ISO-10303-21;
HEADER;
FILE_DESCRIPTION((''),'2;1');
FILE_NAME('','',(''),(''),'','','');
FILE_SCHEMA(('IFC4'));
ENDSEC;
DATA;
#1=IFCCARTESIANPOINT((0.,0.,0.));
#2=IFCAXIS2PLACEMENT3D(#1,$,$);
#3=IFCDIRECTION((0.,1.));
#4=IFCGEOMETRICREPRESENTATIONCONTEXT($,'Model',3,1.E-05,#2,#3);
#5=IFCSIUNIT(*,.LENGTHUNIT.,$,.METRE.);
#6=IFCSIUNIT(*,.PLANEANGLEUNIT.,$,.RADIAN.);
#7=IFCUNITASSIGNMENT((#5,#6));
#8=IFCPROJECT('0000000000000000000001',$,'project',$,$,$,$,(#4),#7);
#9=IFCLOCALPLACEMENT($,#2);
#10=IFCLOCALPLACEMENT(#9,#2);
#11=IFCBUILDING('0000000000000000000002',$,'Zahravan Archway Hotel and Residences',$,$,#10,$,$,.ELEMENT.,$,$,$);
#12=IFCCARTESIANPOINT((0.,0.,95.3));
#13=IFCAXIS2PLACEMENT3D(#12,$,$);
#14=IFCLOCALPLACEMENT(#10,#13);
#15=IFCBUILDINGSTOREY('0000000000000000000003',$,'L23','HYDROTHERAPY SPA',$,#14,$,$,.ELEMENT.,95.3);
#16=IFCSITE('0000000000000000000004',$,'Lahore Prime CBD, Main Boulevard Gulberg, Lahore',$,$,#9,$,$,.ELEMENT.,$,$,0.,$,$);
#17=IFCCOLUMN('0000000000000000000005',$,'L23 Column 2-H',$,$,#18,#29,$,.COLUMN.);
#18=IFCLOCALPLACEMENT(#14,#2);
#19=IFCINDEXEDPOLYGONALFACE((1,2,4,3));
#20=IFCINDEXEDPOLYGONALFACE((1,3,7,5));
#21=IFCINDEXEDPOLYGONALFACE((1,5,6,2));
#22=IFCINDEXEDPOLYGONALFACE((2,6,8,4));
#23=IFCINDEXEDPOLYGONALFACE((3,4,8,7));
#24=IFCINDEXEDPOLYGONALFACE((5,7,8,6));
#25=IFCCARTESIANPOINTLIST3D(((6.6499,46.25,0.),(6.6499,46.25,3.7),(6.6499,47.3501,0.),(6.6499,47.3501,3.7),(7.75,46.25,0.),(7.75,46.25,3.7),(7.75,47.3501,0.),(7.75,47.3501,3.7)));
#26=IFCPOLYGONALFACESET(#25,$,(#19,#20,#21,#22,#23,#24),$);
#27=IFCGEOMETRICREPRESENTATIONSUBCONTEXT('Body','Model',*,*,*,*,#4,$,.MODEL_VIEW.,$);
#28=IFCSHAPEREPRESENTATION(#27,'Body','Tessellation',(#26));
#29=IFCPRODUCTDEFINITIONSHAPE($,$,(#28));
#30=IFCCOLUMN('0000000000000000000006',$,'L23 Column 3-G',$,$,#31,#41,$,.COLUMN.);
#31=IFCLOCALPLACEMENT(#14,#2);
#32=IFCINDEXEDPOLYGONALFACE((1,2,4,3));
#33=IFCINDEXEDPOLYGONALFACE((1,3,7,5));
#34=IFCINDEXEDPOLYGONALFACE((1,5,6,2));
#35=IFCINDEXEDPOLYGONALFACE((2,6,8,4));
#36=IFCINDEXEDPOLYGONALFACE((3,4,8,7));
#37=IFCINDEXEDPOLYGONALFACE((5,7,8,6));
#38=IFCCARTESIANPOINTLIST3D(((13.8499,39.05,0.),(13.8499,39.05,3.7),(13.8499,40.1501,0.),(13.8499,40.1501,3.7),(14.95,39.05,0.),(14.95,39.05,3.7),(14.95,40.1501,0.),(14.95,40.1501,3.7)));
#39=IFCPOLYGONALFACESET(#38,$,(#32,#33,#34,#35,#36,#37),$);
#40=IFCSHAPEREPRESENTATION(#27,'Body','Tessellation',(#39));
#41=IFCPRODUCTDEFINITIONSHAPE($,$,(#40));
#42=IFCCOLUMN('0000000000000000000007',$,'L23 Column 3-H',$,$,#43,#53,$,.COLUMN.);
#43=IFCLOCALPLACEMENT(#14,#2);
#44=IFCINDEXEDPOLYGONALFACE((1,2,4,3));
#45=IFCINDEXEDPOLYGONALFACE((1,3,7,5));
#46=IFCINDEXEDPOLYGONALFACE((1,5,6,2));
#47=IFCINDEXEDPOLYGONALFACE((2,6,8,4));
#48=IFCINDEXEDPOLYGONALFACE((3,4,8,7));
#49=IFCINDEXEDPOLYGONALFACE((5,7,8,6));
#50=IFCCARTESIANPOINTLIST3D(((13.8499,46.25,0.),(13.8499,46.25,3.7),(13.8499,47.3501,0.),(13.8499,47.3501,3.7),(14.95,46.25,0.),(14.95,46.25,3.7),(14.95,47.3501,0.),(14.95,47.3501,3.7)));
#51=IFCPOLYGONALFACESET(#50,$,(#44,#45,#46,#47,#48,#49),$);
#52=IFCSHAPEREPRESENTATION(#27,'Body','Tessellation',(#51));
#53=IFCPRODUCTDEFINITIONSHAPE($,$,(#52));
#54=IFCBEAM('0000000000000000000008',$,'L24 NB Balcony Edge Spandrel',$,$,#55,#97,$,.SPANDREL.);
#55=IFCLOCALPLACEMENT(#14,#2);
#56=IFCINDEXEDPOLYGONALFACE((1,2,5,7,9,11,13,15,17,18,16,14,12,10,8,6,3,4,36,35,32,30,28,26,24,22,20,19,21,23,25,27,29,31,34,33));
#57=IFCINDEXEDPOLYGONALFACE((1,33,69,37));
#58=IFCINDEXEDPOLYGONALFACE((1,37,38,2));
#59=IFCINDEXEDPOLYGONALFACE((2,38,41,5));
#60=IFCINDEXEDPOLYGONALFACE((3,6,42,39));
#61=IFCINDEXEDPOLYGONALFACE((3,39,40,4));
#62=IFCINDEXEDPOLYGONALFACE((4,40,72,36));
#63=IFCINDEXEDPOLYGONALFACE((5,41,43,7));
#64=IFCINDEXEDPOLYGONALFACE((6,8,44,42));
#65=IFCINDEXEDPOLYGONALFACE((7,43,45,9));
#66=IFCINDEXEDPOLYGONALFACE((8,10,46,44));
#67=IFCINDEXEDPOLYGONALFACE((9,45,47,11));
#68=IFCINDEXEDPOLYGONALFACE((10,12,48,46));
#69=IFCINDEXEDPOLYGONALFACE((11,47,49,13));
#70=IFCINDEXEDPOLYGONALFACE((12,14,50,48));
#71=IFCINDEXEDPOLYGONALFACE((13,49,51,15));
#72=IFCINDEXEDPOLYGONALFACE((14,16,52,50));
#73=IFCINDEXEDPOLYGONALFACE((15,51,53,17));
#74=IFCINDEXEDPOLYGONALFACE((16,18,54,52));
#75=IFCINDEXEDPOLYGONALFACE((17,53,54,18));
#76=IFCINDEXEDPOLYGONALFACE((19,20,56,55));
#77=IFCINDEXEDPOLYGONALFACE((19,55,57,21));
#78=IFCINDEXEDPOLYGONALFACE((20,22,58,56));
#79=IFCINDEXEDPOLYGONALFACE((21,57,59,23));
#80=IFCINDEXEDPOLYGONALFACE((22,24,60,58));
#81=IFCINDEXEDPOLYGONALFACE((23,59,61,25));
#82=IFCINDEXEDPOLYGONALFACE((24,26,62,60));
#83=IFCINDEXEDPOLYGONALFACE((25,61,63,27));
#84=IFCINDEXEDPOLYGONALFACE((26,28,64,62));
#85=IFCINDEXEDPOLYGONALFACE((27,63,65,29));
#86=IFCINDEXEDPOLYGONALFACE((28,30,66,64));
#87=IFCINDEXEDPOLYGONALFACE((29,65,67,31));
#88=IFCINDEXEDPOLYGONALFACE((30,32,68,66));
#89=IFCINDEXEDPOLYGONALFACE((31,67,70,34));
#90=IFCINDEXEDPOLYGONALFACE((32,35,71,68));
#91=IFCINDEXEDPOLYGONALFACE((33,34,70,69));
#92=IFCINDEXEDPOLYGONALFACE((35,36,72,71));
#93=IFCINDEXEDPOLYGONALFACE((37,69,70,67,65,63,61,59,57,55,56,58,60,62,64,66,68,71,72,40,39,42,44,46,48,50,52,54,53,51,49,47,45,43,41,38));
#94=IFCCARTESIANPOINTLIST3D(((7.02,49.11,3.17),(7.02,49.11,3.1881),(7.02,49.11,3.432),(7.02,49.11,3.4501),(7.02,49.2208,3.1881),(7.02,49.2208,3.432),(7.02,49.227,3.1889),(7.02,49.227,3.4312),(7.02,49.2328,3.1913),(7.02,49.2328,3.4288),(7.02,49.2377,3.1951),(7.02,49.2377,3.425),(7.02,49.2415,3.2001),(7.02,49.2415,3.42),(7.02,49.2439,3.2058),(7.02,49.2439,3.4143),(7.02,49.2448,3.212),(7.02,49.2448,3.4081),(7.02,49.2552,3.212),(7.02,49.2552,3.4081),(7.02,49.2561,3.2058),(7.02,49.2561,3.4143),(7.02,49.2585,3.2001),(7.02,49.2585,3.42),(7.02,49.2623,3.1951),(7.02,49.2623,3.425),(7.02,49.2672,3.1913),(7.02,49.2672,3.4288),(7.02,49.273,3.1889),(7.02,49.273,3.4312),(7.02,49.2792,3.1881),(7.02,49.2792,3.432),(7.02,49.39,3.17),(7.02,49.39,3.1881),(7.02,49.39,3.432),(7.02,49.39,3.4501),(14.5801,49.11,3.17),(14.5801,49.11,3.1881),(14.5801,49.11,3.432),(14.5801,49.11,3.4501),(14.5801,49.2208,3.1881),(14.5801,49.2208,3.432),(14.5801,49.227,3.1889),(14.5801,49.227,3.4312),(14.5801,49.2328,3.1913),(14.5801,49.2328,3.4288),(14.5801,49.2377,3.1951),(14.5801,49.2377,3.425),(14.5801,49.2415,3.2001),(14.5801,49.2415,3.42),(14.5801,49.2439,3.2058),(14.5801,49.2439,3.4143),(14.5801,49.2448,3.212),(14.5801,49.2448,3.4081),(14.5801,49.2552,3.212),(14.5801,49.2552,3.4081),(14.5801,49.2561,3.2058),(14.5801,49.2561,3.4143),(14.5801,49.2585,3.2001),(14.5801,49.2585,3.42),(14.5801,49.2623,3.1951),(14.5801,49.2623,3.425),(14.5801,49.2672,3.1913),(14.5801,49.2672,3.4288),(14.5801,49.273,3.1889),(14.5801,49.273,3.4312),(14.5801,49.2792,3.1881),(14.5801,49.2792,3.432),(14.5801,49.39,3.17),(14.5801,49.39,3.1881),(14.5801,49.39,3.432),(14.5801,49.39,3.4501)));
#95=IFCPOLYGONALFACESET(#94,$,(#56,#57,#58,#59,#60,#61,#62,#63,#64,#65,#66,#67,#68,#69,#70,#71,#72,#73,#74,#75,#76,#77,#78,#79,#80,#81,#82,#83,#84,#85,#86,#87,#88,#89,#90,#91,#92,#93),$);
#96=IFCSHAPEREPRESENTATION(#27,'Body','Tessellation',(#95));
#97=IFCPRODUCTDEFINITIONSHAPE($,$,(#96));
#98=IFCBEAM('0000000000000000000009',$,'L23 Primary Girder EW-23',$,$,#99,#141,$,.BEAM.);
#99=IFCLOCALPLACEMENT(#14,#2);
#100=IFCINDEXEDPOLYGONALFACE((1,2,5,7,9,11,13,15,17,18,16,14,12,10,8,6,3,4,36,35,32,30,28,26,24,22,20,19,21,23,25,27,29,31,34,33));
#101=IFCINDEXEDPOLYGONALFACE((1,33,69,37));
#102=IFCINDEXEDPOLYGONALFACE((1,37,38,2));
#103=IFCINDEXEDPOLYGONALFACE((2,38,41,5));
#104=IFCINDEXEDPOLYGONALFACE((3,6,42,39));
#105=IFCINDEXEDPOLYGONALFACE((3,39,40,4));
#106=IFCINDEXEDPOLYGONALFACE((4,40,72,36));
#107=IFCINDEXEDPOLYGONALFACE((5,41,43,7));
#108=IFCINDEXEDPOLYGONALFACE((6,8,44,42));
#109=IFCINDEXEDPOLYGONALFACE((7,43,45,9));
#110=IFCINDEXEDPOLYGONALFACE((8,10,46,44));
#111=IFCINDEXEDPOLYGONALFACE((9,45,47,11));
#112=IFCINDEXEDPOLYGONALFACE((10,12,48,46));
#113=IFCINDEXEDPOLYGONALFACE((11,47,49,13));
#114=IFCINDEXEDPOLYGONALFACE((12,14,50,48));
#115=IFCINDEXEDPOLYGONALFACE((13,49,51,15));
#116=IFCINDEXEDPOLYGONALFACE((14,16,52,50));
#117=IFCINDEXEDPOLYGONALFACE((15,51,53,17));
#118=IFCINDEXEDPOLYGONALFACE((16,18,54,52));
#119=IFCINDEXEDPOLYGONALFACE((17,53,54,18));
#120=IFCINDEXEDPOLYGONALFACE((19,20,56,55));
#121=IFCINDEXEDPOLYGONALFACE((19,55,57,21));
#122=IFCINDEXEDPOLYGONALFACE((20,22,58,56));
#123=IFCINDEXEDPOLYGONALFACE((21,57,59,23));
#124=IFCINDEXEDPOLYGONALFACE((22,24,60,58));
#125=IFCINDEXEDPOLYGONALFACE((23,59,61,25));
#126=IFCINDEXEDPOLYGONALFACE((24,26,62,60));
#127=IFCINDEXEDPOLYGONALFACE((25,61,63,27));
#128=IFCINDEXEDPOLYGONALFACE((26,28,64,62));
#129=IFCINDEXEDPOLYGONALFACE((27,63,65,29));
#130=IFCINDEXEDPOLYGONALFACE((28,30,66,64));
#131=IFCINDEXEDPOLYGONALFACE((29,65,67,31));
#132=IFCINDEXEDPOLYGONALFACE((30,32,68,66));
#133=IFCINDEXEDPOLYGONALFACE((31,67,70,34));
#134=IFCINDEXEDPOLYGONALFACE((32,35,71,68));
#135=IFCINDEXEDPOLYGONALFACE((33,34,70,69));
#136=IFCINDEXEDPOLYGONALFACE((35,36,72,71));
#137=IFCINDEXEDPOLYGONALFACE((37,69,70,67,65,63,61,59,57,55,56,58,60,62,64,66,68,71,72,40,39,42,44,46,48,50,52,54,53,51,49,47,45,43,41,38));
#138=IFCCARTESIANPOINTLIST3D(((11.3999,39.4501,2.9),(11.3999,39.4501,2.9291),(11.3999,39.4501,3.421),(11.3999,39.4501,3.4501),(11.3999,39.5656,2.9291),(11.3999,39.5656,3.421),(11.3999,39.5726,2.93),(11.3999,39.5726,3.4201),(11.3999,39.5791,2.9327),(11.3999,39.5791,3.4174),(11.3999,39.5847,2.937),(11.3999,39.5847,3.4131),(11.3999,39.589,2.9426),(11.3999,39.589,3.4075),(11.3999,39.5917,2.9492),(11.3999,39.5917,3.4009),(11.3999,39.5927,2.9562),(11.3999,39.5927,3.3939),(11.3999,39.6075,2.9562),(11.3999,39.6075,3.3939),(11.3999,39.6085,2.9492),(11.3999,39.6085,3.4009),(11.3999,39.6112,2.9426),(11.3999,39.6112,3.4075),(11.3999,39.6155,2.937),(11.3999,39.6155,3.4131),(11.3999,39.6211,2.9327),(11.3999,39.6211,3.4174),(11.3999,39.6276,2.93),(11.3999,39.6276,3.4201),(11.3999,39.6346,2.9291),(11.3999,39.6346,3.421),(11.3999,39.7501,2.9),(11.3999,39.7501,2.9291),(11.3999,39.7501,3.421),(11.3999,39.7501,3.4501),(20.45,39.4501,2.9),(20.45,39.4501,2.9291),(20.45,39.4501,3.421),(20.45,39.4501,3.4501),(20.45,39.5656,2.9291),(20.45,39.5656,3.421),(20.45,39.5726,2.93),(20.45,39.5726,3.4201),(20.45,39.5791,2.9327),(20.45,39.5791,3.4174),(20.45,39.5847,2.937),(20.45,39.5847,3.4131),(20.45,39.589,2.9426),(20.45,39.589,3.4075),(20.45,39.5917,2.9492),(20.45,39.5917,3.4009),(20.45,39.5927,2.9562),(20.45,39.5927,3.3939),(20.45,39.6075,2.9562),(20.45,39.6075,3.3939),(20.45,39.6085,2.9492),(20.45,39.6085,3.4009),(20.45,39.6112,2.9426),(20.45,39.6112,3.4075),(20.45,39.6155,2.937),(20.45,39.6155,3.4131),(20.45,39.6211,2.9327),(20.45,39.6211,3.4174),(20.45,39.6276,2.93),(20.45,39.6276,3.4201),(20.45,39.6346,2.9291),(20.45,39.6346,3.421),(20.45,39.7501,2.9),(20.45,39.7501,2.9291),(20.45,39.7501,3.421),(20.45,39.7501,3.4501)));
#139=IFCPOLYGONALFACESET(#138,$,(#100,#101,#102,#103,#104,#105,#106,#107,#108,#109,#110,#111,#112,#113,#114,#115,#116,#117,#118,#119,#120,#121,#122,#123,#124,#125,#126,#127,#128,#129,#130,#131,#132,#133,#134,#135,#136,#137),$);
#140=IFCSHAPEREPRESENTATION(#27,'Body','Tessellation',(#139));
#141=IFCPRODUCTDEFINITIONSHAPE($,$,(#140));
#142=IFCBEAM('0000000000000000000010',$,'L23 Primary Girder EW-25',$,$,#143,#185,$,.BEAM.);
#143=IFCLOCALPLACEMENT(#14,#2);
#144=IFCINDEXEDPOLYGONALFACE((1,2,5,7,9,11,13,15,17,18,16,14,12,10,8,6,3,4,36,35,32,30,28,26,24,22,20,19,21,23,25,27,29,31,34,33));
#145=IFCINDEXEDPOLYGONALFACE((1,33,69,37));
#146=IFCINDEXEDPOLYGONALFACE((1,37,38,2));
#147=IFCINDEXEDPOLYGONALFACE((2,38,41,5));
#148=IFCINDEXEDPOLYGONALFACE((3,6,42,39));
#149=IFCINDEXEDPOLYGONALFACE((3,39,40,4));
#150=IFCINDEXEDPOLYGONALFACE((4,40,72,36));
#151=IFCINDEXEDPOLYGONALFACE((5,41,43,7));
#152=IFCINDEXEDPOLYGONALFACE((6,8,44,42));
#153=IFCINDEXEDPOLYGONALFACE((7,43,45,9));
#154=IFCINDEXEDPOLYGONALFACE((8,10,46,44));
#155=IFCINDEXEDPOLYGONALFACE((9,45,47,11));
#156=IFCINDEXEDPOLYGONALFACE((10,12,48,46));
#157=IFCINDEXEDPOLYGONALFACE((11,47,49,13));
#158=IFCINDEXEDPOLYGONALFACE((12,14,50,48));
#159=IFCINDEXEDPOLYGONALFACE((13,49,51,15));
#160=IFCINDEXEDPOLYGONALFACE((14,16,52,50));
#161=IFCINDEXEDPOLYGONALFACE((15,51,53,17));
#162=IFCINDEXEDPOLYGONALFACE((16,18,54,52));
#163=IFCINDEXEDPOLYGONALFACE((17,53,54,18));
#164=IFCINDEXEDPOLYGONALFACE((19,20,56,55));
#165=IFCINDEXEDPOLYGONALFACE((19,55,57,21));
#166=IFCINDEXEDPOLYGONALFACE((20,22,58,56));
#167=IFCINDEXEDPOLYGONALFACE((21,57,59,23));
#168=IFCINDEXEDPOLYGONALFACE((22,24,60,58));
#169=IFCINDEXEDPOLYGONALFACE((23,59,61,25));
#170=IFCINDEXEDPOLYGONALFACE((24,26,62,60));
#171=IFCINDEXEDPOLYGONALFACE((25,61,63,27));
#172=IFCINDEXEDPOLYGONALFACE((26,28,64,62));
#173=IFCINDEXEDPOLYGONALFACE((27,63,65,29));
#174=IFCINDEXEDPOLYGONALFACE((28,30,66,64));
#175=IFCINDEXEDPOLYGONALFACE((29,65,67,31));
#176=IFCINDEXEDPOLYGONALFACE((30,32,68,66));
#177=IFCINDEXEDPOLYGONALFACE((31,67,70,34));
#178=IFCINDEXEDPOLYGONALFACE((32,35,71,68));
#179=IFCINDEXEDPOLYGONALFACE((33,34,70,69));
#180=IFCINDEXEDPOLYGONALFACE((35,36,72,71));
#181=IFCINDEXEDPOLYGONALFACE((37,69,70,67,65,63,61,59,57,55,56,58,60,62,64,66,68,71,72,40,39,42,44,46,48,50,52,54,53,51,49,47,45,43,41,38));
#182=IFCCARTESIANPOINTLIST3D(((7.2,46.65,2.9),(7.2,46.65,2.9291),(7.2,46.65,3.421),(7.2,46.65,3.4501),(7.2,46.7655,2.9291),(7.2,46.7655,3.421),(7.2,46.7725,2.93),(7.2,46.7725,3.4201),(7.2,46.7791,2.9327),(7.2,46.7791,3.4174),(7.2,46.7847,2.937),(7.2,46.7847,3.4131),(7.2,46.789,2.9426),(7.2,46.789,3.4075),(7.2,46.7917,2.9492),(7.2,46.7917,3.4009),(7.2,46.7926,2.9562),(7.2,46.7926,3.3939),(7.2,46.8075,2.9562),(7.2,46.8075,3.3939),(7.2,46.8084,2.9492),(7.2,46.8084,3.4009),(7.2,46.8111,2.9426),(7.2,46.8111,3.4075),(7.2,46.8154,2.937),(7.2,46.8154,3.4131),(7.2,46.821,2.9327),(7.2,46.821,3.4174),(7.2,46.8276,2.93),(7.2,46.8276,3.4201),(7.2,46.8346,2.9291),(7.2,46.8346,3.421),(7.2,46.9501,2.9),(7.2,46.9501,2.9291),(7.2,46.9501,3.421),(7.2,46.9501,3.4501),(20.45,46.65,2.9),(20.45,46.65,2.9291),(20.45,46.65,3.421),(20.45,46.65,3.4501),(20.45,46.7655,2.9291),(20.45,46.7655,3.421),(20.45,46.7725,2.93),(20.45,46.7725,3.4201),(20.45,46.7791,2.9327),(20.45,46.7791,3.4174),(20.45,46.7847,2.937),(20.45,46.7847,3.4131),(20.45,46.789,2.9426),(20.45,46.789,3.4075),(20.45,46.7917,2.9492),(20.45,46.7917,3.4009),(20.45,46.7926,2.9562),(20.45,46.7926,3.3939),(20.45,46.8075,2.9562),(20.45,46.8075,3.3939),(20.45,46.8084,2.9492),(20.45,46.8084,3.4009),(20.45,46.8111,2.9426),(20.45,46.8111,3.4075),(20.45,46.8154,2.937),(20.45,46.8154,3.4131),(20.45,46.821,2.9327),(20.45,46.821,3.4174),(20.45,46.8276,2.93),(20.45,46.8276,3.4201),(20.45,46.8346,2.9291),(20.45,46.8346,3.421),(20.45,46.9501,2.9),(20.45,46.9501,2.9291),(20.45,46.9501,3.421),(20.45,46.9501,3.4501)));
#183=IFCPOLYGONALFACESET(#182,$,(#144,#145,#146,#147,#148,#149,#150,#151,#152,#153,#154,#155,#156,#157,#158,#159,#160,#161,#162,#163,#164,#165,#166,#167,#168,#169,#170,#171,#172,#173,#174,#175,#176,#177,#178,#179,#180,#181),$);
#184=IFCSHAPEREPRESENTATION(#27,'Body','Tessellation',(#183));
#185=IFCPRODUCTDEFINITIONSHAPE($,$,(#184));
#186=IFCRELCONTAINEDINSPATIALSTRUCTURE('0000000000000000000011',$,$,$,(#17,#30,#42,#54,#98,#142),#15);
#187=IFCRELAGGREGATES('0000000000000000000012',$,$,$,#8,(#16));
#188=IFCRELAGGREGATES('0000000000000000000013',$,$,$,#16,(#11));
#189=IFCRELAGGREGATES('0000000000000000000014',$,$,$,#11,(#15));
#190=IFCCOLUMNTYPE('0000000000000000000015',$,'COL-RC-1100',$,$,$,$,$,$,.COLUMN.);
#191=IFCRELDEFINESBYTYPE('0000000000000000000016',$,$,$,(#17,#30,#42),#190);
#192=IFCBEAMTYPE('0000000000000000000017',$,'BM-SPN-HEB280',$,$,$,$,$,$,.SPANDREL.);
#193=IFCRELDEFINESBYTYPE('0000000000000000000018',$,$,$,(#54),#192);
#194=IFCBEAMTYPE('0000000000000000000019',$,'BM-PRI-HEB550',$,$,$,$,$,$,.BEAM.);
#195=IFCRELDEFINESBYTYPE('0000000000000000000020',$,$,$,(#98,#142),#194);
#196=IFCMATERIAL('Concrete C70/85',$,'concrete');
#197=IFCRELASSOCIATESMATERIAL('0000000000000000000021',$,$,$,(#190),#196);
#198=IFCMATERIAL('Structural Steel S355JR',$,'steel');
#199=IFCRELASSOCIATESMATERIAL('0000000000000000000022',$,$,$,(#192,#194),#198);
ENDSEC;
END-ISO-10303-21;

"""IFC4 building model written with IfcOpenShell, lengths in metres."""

from ifc_helpers import new_model, si_unit, direction, frame, origin, origin_2d, place, context, subcontext, project, spatial, rectangle, i_section, extrude, source, transform, mapped, material, material_profile, profile_set, type_object, type_shapes, element, save


model = new_model("IFC4")

# Units and contexts
model_context = context("Model", 3, precision=1e-05, world=origin(), true_north=direction((0.0, 1.0)))
body_context = subcontext(model_context, "Body", "Model", "MODEL_VIEW")
ifc_project = project(units=[si_unit("LENGTHUNIT", "METRE"), si_unit("PLANEANGLEUNIT", "RADIAN")], contexts=[model_context])

# Site, building, storey
site_placement = place(None, origin())
site = spatial("IfcSite", under=ifc_project, at=site_placement, Name="Lahore Prime CBD, Main Boulevard Gulberg, Lahore", CompositionType="ELEMENT", RefElevation=0.0)
building_placement = place(site_placement, origin())
building = spatial("IfcBuilding", under=site, at=building_placement, Name="Zahravan Archway Hotel and Residences", CompositionType="ELEMENT")
storey_placement = place(building_placement, frame((0.0, 0.0, 95.3)))
storey = spatial("IfcBuildingStorey", under=building, at=storey_placement, Name="L23", Description="HYDROTHERAPY SPA", CompositionType="ELEMENT", Elevation=95.3)

# Columns
ifc_material_1 = material(Name="Concrete C70/85", Category="concrete")
ifc_material_profile_1 = material_profile(ifc_material_1, rectangle(XDim=1.1001, YDim=1.1001, at=origin_2d()), Name="RC 1100x1100", Category="concrete")
ifc_profile_set_1 = profile_set([ifc_material_profile_1], Name="Concrete C70/85")
column_type = type_object("IfcColumnType", Name="COL-RC-1100", PredefinedType="COLUMN", material=ifc_profile_set_1)
shared_shape_1 = source(origin(), body_context, "Body", "SweptSolid", [
    extrude(rectangle(XDim=1.1001, YDim=1.1001, at=origin_2d()), origin(), (0.0, 0.0, 1.0), 3.7),
])
for number, where, z_axis, x_axis, name in (
    (1, (7.2, 46.8, 0.0), (0.0, 0.0, 1.0), (1.0, 0.0, 0.0), "L23 Column 2-H"),
    (2, (14.3999, 39.6001, 0.0), (0.0, 0.0, 1.0), (1.0, 0.0, 0.0), "L23 Column 3-G"),
    (3, (14.3999, 46.8, 0.0), (0.0, 0.0, 1.0), (1.0, 0.0, 0.0), "L23 Column 3-H"),
):
    element("IfcColumn", number, at=place(storey_placement, frame(where, z_axis=z_axis, x_axis=x_axis)), inside=storey, type_object=column_type, Name=name, PredefinedType="COLUMN", context=body_context, shape_type="MappedRepresentation", body=[
        mapped(shared_shape_1, transform((0.0, 0.0, 0.0), scale=1.0)),
    ])

# Beams
ifc_material_2 = material(Name="Structural Steel S355JR", Category="steel")
ifc_material_profile_2 = material_profile(ifc_material_2, i_section(OverallWidth=0.28, OverallDepth=0.28, WebThickness=0.0105, FlangeThickness=0.0181, FilletRadius=0.0239, at=origin_2d()), Name="HEB 280", Category="steel")
ifc_profile_set_2 = profile_set([ifc_material_profile_2], Name="Structural Steel S355JR")
beam_type_1 = type_object("IfcBeamType", Name="BM-SPN-HEB280", PredefinedType="SPANDREL", material=ifc_profile_set_2)
shared_shape_2 = source(origin(), body_context, "Body", "SweptSolid", [
    extrude(i_section(OverallWidth=0.28, OverallDepth=0.28, WebThickness=0.0105, FlangeThickness=0.0181, FilletRadius=0.0239, at=origin_2d()), origin(), (0.0, 0.0, 1.0), 7.5601),
])
type_shapes(beam_type_1, [shared_shape_2])
beam_1_placement = place(storey_placement, frame((7.02, 49.25, 3.3101), z_axis=(1.0, 0.0, 0.0), x_axis=(0.0, 1.0, 0.0)))
element("IfcBeam", 4, at=beam_1_placement, inside=storey, type_object=beam_type_1, Name="L24 NB Balcony Edge Spandrel", PredefinedType="SPANDREL", context=body_context, shape_type="MappedRepresentation", body=[
    mapped(shared_shape_2, transform((0.0, 0.0, 0.0), scale=1.0)),
])
ifc_material_profile_3 = material_profile(ifc_material_2, i_section(OverallWidth=0.3, OverallDepth=0.55, WebThickness=0.0149, FlangeThickness=0.0291, FilletRadius=0.0271, at=origin_2d()), Name="HEB 550", Category="steel")
ifc_profile_set_3 = profile_set([ifc_material_profile_3], Name="Structural Steel S355JR")
beam_type_2 = type_object("IfcBeamType", Name="BM-PRI-HEB550", PredefinedType="BEAM", material=ifc_profile_set_3)
shared_shape_3 = source(origin(), body_context, "Body", "SweptSolid", [
    extrude(i_section(OverallWidth=0.3, OverallDepth=0.55, WebThickness=0.0149, FlangeThickness=0.0291, FilletRadius=0.0271, at=origin_2d()), origin(), (0.0, 0.0, 1.0), 9.05),
])
beam_2_placement = place(storey_placement, frame((11.3999, 39.6001, 3.175), z_axis=(1.0, 0.0, 0.0), x_axis=(0.0, 1.0, 0.0)))
element("IfcBeam", 5, at=beam_2_placement, inside=storey, type_object=beam_type_2, Name="L23 Primary Girder EW-23", PredefinedType="BEAM", context=body_context, shape_type="MappedRepresentation", body=[
    mapped(shared_shape_3, transform((0.0, 0.0, 0.0), scale=1.0)),
])
shared_shape_4 = source(origin(), body_context, "Body", "SweptSolid", [
    extrude(i_section(OverallWidth=0.3, OverallDepth=0.55, WebThickness=0.0149, FlangeThickness=0.0291, FilletRadius=0.0271, at=origin_2d()), origin(), (0.0, 0.0, 1.0), 13.25),
])
beam_3_placement = place(storey_placement, frame((7.2, 46.8, 3.175), z_axis=(1.0, 0.0, 0.0), x_axis=(0.0, 1.0, 0.0)))
element("IfcBeam", 6, at=beam_3_placement, inside=storey, type_object=beam_type_2, Name="L23 Primary Girder EW-25", PredefinedType="BEAM", context=body_context, shape_type="MappedRepresentation", body=[
    mapped(shared_shape_4, transform((0.0, 0.0, 0.0), scale=1.0)),
])

save(model, "model.ifc")
